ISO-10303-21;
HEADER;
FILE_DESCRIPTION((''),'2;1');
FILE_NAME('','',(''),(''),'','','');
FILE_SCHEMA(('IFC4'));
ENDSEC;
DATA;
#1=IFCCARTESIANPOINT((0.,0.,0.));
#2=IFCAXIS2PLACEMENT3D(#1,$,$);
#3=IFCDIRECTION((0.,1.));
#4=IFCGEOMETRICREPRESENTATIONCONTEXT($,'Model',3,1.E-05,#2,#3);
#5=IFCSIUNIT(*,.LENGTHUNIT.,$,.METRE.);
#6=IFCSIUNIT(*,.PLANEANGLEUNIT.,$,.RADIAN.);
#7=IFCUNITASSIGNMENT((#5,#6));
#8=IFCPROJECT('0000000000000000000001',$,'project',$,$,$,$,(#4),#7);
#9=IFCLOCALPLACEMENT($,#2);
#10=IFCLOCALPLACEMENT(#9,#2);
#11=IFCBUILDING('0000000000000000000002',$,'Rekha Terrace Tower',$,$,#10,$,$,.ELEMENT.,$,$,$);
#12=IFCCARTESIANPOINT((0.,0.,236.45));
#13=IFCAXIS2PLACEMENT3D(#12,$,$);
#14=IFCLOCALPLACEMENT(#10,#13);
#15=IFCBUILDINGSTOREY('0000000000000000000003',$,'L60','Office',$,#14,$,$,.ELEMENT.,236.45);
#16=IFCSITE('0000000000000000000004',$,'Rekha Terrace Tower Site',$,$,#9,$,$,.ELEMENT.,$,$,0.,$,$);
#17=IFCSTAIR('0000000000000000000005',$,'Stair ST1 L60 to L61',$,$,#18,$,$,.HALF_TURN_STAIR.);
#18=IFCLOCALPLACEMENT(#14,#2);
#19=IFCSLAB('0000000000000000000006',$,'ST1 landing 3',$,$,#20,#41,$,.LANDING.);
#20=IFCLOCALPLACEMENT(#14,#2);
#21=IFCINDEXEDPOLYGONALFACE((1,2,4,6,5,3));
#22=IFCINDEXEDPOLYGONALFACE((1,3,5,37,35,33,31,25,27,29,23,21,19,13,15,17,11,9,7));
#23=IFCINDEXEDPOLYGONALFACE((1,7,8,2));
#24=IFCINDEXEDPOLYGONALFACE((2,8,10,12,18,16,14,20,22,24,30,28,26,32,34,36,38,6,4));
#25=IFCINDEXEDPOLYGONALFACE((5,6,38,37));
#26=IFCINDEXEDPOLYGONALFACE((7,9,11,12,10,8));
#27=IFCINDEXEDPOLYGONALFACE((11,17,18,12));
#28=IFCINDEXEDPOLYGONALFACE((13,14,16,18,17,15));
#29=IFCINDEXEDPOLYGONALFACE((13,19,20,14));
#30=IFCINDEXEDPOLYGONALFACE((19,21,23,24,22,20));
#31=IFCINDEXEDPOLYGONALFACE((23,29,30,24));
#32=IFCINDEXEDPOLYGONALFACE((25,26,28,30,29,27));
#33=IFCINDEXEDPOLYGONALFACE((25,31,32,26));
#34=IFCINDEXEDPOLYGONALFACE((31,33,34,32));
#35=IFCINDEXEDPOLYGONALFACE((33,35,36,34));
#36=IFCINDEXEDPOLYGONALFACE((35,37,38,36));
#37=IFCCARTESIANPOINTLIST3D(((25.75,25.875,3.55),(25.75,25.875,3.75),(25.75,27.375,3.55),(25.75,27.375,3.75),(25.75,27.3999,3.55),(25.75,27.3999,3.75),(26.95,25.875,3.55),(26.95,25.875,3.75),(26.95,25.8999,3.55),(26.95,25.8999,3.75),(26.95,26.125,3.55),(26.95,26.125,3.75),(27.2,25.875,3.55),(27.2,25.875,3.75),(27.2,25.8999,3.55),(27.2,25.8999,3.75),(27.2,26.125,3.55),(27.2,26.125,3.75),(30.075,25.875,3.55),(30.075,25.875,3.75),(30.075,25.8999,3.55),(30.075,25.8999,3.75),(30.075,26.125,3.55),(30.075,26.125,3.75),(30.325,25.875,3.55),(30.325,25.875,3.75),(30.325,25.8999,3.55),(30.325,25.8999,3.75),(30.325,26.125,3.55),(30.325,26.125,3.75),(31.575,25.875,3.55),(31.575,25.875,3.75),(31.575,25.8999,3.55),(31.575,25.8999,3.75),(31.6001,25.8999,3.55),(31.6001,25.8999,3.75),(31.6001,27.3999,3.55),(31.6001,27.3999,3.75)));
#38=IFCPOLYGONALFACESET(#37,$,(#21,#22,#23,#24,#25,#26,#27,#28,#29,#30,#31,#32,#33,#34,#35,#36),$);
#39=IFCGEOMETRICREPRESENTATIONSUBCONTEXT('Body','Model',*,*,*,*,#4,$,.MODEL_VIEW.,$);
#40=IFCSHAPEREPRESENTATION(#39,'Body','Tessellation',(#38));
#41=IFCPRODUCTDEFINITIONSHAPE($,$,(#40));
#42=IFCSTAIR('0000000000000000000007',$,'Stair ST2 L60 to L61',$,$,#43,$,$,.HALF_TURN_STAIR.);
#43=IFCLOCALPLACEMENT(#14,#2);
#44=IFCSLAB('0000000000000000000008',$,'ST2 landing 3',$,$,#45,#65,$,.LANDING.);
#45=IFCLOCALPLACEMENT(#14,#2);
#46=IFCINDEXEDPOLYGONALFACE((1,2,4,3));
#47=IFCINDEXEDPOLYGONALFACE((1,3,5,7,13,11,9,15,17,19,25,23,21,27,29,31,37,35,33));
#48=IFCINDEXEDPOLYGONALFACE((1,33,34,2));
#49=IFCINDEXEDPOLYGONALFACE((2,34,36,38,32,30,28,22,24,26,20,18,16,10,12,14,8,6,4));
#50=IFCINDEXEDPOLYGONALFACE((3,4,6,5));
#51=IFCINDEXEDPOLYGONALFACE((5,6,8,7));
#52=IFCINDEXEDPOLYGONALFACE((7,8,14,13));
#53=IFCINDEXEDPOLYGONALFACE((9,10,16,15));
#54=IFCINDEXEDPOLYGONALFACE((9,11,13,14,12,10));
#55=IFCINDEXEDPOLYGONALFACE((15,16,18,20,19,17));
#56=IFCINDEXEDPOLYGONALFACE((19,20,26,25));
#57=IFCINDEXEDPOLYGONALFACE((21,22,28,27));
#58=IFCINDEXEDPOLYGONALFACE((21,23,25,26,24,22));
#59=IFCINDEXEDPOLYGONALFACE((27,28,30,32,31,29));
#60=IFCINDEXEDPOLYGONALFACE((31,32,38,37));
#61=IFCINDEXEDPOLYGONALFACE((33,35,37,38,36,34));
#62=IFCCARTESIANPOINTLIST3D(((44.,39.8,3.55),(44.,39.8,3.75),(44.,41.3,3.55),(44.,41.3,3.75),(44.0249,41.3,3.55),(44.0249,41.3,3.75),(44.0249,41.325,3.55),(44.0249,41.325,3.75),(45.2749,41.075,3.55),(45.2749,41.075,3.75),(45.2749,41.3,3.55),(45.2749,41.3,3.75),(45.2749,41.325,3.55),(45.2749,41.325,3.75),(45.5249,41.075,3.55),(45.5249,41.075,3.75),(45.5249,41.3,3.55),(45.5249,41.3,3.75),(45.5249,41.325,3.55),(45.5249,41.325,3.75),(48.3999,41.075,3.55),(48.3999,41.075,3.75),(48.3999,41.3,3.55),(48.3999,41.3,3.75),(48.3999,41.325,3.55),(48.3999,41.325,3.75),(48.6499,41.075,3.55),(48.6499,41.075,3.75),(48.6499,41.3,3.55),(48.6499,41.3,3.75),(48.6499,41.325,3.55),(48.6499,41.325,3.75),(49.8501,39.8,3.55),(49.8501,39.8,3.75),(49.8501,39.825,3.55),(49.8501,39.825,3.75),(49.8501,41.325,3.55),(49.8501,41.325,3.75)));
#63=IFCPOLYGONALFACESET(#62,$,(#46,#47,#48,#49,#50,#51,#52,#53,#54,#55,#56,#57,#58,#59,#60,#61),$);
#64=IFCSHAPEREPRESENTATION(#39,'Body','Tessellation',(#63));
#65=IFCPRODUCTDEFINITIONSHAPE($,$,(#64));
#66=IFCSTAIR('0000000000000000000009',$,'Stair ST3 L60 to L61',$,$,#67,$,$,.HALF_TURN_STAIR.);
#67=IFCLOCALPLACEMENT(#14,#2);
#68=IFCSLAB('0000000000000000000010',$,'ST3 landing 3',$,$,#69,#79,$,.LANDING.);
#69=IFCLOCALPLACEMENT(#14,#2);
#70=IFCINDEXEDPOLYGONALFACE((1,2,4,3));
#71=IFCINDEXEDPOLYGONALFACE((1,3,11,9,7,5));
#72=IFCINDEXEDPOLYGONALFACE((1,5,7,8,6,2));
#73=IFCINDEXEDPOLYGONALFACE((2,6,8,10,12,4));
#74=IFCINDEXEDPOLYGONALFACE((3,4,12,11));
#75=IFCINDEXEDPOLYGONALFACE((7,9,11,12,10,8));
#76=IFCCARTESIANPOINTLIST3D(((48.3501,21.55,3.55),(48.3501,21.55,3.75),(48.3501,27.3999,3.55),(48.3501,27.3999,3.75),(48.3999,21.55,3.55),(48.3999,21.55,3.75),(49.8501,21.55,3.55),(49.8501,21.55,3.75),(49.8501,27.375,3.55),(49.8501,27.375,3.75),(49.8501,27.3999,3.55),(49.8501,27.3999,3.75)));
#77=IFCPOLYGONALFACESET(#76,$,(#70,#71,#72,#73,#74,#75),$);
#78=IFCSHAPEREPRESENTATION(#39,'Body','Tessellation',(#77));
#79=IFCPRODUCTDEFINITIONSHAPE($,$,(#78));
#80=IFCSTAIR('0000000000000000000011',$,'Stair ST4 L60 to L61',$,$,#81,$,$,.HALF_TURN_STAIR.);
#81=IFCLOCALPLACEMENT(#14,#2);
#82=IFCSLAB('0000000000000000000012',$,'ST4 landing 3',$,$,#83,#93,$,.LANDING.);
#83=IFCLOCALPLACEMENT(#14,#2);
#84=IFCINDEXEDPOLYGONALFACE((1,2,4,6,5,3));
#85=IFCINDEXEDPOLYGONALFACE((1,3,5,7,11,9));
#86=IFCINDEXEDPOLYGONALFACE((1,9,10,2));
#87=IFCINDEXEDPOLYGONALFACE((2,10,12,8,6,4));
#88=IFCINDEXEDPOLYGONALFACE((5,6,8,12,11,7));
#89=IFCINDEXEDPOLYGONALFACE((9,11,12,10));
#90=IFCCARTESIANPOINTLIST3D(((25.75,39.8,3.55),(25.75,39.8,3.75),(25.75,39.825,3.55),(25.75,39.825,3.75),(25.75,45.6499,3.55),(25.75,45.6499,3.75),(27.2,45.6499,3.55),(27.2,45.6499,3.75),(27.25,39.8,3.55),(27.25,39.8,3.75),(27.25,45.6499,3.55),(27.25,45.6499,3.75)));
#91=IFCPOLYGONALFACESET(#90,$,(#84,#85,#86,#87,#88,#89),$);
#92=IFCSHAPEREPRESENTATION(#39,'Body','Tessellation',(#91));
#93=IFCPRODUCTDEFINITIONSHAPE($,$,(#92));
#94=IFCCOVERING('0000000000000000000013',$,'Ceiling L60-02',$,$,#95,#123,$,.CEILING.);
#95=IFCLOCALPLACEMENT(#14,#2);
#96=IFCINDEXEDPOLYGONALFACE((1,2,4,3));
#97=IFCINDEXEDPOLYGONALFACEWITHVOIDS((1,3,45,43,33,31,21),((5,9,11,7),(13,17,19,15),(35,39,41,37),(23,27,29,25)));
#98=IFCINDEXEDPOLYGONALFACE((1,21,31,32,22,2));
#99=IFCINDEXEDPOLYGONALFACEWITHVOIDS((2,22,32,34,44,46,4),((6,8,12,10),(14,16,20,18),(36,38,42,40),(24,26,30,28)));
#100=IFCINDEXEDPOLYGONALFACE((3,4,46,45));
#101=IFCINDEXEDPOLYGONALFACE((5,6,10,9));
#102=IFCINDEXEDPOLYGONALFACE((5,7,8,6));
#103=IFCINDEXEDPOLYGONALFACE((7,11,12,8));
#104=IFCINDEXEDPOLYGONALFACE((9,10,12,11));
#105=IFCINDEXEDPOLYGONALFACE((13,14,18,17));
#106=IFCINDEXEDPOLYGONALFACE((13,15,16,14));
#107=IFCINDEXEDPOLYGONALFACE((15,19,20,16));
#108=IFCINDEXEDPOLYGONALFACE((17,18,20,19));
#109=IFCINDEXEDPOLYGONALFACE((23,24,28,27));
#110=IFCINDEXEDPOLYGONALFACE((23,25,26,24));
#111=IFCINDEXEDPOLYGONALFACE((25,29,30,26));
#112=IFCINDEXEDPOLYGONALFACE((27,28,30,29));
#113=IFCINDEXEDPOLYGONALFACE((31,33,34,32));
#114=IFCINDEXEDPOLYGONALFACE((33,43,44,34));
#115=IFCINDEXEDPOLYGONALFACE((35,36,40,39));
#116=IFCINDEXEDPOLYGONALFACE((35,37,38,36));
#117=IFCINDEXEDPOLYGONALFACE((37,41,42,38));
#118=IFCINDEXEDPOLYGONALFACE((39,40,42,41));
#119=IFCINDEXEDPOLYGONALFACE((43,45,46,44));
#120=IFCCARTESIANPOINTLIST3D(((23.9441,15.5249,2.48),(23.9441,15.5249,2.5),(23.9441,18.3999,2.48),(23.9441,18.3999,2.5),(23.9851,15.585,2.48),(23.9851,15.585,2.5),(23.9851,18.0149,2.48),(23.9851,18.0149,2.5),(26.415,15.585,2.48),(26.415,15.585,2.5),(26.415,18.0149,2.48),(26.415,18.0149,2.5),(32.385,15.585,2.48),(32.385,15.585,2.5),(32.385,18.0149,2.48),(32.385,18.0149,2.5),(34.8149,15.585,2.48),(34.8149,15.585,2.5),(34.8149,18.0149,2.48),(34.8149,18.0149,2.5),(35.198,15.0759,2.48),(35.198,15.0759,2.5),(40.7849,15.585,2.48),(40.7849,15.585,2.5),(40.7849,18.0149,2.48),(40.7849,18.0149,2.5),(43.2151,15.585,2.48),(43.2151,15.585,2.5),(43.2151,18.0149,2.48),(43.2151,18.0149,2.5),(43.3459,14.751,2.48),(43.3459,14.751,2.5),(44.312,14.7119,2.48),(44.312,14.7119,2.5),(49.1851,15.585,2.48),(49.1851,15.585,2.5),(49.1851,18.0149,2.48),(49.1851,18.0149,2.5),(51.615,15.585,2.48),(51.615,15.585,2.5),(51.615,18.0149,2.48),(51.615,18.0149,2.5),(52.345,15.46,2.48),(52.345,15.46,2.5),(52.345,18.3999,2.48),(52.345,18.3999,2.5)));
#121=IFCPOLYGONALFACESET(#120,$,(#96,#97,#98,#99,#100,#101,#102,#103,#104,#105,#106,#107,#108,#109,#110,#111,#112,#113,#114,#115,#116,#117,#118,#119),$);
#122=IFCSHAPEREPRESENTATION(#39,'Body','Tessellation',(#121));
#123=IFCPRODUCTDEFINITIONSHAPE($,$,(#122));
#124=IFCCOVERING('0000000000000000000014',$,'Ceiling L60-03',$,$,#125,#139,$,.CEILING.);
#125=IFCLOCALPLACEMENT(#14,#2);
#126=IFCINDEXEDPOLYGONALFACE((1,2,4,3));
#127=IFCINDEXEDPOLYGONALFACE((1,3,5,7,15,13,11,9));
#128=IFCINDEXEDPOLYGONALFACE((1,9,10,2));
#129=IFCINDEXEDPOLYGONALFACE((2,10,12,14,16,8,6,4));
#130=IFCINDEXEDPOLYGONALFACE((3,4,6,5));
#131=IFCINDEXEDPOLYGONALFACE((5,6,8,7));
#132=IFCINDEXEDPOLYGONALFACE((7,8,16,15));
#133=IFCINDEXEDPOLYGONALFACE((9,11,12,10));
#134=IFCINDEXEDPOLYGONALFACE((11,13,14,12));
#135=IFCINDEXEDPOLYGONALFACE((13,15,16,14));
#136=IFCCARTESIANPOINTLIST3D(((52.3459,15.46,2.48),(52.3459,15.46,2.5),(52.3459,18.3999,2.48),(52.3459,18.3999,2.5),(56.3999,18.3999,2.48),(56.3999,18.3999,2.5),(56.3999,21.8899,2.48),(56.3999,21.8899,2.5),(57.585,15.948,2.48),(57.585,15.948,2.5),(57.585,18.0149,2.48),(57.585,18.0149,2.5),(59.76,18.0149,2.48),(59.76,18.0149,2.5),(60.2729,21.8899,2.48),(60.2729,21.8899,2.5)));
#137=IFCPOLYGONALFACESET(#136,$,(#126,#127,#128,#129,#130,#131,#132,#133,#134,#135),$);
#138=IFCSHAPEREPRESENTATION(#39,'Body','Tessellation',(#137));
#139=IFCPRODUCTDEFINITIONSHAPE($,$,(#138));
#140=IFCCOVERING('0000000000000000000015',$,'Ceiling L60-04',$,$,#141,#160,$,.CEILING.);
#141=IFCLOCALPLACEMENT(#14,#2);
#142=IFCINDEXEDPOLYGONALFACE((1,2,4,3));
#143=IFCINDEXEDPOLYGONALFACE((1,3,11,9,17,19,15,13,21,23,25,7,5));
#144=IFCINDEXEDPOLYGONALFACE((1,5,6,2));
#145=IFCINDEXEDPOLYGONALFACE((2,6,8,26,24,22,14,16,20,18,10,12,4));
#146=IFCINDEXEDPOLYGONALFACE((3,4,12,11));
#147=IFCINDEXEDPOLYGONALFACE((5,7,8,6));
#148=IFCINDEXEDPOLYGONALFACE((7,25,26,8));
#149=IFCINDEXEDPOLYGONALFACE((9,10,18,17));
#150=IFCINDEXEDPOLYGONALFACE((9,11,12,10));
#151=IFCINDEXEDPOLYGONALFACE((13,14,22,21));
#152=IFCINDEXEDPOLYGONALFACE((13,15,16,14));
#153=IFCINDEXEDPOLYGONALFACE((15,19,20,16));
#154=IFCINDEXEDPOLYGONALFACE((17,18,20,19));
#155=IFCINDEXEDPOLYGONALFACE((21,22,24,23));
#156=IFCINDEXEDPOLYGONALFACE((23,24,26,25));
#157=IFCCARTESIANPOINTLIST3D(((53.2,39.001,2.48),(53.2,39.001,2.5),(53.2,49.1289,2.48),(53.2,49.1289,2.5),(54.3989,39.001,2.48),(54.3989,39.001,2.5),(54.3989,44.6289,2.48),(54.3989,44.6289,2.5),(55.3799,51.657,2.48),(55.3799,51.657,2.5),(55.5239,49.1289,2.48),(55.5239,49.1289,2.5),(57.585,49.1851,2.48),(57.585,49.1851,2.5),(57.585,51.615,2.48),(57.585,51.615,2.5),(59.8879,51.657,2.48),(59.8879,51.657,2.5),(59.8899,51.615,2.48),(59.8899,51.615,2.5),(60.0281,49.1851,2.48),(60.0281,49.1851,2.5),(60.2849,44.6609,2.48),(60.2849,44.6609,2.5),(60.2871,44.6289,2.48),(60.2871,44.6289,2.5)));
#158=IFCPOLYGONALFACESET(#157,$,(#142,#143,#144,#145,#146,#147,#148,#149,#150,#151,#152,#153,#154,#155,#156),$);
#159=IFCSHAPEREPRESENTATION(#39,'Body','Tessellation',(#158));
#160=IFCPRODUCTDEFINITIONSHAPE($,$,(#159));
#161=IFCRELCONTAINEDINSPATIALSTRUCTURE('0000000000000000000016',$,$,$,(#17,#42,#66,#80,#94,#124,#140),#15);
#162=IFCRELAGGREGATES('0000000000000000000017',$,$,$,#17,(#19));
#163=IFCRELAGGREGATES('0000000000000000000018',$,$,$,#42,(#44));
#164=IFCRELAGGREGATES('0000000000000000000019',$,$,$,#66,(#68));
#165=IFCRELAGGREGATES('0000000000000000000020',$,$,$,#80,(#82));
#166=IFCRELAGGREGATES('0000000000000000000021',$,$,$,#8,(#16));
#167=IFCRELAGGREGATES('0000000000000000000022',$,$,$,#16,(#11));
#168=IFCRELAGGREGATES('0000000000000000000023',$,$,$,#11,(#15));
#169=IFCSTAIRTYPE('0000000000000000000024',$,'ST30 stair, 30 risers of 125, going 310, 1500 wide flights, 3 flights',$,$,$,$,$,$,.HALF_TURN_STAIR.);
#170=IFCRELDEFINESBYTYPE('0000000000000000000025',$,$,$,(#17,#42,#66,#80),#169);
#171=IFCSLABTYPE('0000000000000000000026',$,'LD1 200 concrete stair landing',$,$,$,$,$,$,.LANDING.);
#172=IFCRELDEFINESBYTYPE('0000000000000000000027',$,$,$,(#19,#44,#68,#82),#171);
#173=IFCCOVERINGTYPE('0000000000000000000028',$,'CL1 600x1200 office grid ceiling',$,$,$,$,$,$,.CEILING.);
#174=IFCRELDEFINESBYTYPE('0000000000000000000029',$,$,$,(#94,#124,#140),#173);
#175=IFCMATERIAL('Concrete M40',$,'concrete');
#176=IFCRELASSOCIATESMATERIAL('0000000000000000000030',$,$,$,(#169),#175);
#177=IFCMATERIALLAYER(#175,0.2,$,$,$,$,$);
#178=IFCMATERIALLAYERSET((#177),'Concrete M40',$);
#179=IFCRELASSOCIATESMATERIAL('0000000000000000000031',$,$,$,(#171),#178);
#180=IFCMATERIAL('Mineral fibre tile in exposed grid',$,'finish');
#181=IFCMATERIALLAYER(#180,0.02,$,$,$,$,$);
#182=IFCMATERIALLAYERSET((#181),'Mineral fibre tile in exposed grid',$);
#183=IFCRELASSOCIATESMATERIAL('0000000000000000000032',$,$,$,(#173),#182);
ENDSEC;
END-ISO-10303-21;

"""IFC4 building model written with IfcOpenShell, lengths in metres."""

from ifc_helpers import new_model, si_unit, direction, frame, origin, place, context, subcontext, project, spatial, polyline, outline, extrude, material, layer, layer_set, type_object, element, aggregate, save


model = new_model("IFC4")

# Units and contexts
model_context = context("Model", 3, precision=1e-05, world=origin(), true_north=direction((0.0, 1.0)))
body_context = subcontext(model_context, "Body", "Model", "MODEL_VIEW")
ifc_project = project(units=[si_unit("LENGTHUNIT", "METRE"), si_unit("PLANEANGLEUNIT", "RADIAN")], contexts=[model_context])

# Site, building, storey
site_placement = place(None, origin())
site = spatial("IfcSite", under=ifc_project, at=site_placement, Name="Rekha Terrace Tower Site", CompositionType="ELEMENT", RefElevation=0.0)
building_placement = place(site_placement, origin())
building = spatial("IfcBuilding", under=site, at=building_placement, Name="Rekha Terrace Tower", CompositionType="ELEMENT")
storey_placement = place(building_placement, frame((0.0, 0.0, 236.45)))
storey = spatial("IfcBuildingStorey", under=building, at=storey_placement, Name="L60", Description="Office", CompositionType="ELEMENT", Elevation=236.45)

# Stairs, slabs
ifc_material_1 = material(Name="Concrete M40", Category="concrete")
stair_type = type_object("IfcStairType", Name="ST30 stair, 30 risers of 125, going 310, 1500 wide flights, 3 flights", PredefinedType="HALF_TURN_STAIR", material=ifc_material_1)
stair_1_placement = place(storey_placement, origin())
stair_1 = element("IfcStair", 1, at=stair_1_placement, inside=storey, type_object=stair_type, Name="Stair ST1 L60 to L61", PredefinedType="HALF_TURN_STAIR")
ifc_layer_1 = layer(ifc_material_1, 0.2)
ifc_layer_set_1 = layer_set([ifc_layer_1], Name="Concrete M40")
slab_type = type_object("IfcSlabType", Name="LD1 200 concrete stair landing", PredefinedType="LANDING", material=ifc_layer_set_1)
slab_1_placement = place(storey_placement, frame((0.0, 0.0, 3.55)))
slab_1 = element("IfcSlab", 2, at=slab_1_placement, type_object=slab_type, Name="ST1 landing 3", PredefinedType="LANDING", context=body_context, shape_type="SweptSolid", body=[
    extrude(outline(polyline([(30.325, 25.875), (31.575, 25.875), (31.575, 25.8999), (31.6001, 25.8999), (31.6001, 27.3999), (25.75, 27.3999), (25.75, 27.375), (25.75, 25.875), (26.95, 25.875), (26.95, 25.8999), (26.95, 26.125), (27.2, 26.125), (27.2, 25.8999), (27.2, 25.875), (30.075, 25.875), (30.075, 25.8999), (30.075, 26.125), (30.325, 26.125), (30.325, 25.8999), (30.325, 25.875)])), origin(), (0.0, 0.0, 1.0), 0.2),
])
aggregate(stair_1, [slab_1])
stair_2_placement = place(storey_placement, origin())
stair_2 = element("IfcStair", 3, at=stair_2_placement, inside=storey, type_object=stair_type, Name="Stair ST2 L60 to L61", PredefinedType="HALF_TURN_STAIR")
slab_2_placement = place(storey_placement, frame((0.0, 0.0, 3.55)))
slab_2 = element("IfcSlab", 4, at=slab_2_placement, type_object=slab_type, Name="ST2 landing 3", PredefinedType="LANDING", context=body_context, shape_type="SweptSolid", body=[
    extrude(outline(polyline([(45.5249, 41.325), (45.5249, 41.3), (45.5249, 41.075), (45.2749, 41.075), (45.2749, 41.3), (45.2749, 41.325), (44.0249, 41.325), (44.0249, 41.3), (44.0, 41.3), (44.0, 39.8), (49.8501, 39.8), (49.8501, 39.825), (49.8501, 41.325), (48.6499, 41.325), (48.6499, 41.3), (48.6499, 41.075), (48.3999, 41.075), (48.3999, 41.3), (48.3999, 41.325), (45.5249, 41.325)])), origin(), (0.0, 0.0, 1.0), 0.2),
])
aggregate(stair_2, [slab_2])
stair_3_placement = place(storey_placement, origin())
stair_3 = element("IfcStair", 5, at=stair_3_placement, inside=storey, type_object=stair_type, Name="Stair ST3 L60 to L61", PredefinedType="HALF_TURN_STAIR")
slab_3_placement = place(storey_placement, frame((0.0, 0.0, 3.55)))
slab_3 = element("IfcSlab", 6, at=slab_3_placement, type_object=slab_type, Name="ST3 landing 3", PredefinedType="LANDING", context=body_context, shape_type="SweptSolid", body=[
    extrude(outline(polyline([(48.3501, 21.55), (48.3999, 21.55), (49.8501, 21.55), (49.8501, 27.375), (49.8501, 27.3999), (48.3501, 27.3999), (48.3501, 21.55)])), origin(), (0.0, 0.0, 1.0), 0.2),
])
aggregate(stair_3, [slab_3])
stair_4_placement = place(storey_placement, origin())
stair_4 = element("IfcStair", 7, at=stair_4_placement, inside=storey, type_object=stair_type, Name="Stair ST4 L60 to L61", PredefinedType="HALF_TURN_STAIR")
slab_4_placement = place(storey_placement, frame((0.0, 0.0, 3.55)))
slab_4 = element("IfcSlab", 8, at=slab_4_placement, type_object=slab_type, Name="ST4 landing 3", PredefinedType="LANDING", context=body_context, shape_type="SweptSolid", body=[
    extrude(outline(polyline([(27.2, 45.6499), (27.25, 45.6499), (27.25, 39.8), (25.75, 39.8), (25.75, 39.825), (25.75, 45.6499), (27.2, 45.6499), (27.2, 45.6499)])), origin(), (0.0, 0.0, 1.0), 0.2),
])
aggregate(stair_4, [slab_4])

# Coverings
ifc_material_2 = material(Name="Mineral fibre tile in exposed grid", Category="finish")
ifc_layer_2 = layer(ifc_material_2, 0.02)
ifc_layer_set_2 = layer_set([ifc_layer_2], Name="Mineral fibre tile in exposed grid")
covering_type_1 = type_object("IfcCoveringType", Name="CL1 600x1200 office grid ceiling", PredefinedType="CEILING", material=ifc_layer_set_2)
covering_1_placement = place(storey_placement, frame((0.0, 0.0, 2.48)))
element("IfcCovering", 9, at=covering_1_placement, inside=storey, type_object=covering_type_1, Name="Ceiling L60-02", PredefinedType="CEILING", context=body_context, shape_type="SweptSolid", body=[
    extrude(outline(polyline([(52.345, 18.3999), (23.9441, 18.3999), (23.9441, 15.5249), (35.198, 15.0759), (43.3459, 14.751), (44.312, 14.7119), (52.345, 15.46), (52.345, 18.3999)]), holes=[polyline([(51.615, 15.585), (49.1851, 15.585), (49.1851, 18.0149), (51.615, 18.0149), (51.615, 15.585)]), polyline([(43.2151, 18.0149), (43.2151, 15.585), (40.7849, 15.585), (40.7849, 18.0149), (43.2151, 18.0149)]), polyline([(34.8149, 15.585), (32.385, 15.585), (32.385, 18.0149), (34.8149, 18.0149), (34.8149, 15.585)]), polyline([(26.415, 18.0149), (26.415, 15.585), (23.9851, 15.585), (23.9851, 18.0149), (26.415, 18.0149)])]), origin(), (0.0, 0.0, 1.0), 0.02),
])
covering_2_placement = place(storey_placement, frame((0.0, 0.0, 2.48)))
element("IfcCovering", 10, at=covering_2_placement, inside=storey, type_object=covering_type_1, Name="Ceiling L60-03", PredefinedType="CEILING", context=body_context, shape_type="SweptSolid", body=[
    extrude(outline(polyline([(59.76, 18.0149), (60.2729, 21.8899), (56.3999, 21.8899), (56.3999, 18.3999), (52.3459, 18.3999), (52.3459, 15.46), (57.585, 15.948), (57.585, 18.0149), (59.76, 18.0149)])), origin(), (0.0, 0.0, 1.0), 0.02),
])
covering_3_placement = place(storey_placement, frame((0.0, 0.0, 2.48)))
element("IfcCovering", 11, at=covering_3_placement, inside=storey, type_object=covering_type_1, Name="Ceiling L60-04", PredefinedType="CEILING", context=body_context, shape_type="SweptSolid", body=[
    extrude(outline(polyline([(59.8879, 51.657), (55.3799, 51.657), (55.5239, 49.1289), (53.2, 49.1289), (53.2, 39.001), (54.3989, 39.001), (54.3989, 44.6289), (60.2871, 44.6289), (60.2849, 44.6609), (60.0281, 49.1851), (57.585, 49.1851), (57.585, 51.615), (59.8899, 51.615), (59.8879, 51.657)])), origin(), (0.0, 0.0, 1.0), 0.02),
])

save(model, "model.ifc")
